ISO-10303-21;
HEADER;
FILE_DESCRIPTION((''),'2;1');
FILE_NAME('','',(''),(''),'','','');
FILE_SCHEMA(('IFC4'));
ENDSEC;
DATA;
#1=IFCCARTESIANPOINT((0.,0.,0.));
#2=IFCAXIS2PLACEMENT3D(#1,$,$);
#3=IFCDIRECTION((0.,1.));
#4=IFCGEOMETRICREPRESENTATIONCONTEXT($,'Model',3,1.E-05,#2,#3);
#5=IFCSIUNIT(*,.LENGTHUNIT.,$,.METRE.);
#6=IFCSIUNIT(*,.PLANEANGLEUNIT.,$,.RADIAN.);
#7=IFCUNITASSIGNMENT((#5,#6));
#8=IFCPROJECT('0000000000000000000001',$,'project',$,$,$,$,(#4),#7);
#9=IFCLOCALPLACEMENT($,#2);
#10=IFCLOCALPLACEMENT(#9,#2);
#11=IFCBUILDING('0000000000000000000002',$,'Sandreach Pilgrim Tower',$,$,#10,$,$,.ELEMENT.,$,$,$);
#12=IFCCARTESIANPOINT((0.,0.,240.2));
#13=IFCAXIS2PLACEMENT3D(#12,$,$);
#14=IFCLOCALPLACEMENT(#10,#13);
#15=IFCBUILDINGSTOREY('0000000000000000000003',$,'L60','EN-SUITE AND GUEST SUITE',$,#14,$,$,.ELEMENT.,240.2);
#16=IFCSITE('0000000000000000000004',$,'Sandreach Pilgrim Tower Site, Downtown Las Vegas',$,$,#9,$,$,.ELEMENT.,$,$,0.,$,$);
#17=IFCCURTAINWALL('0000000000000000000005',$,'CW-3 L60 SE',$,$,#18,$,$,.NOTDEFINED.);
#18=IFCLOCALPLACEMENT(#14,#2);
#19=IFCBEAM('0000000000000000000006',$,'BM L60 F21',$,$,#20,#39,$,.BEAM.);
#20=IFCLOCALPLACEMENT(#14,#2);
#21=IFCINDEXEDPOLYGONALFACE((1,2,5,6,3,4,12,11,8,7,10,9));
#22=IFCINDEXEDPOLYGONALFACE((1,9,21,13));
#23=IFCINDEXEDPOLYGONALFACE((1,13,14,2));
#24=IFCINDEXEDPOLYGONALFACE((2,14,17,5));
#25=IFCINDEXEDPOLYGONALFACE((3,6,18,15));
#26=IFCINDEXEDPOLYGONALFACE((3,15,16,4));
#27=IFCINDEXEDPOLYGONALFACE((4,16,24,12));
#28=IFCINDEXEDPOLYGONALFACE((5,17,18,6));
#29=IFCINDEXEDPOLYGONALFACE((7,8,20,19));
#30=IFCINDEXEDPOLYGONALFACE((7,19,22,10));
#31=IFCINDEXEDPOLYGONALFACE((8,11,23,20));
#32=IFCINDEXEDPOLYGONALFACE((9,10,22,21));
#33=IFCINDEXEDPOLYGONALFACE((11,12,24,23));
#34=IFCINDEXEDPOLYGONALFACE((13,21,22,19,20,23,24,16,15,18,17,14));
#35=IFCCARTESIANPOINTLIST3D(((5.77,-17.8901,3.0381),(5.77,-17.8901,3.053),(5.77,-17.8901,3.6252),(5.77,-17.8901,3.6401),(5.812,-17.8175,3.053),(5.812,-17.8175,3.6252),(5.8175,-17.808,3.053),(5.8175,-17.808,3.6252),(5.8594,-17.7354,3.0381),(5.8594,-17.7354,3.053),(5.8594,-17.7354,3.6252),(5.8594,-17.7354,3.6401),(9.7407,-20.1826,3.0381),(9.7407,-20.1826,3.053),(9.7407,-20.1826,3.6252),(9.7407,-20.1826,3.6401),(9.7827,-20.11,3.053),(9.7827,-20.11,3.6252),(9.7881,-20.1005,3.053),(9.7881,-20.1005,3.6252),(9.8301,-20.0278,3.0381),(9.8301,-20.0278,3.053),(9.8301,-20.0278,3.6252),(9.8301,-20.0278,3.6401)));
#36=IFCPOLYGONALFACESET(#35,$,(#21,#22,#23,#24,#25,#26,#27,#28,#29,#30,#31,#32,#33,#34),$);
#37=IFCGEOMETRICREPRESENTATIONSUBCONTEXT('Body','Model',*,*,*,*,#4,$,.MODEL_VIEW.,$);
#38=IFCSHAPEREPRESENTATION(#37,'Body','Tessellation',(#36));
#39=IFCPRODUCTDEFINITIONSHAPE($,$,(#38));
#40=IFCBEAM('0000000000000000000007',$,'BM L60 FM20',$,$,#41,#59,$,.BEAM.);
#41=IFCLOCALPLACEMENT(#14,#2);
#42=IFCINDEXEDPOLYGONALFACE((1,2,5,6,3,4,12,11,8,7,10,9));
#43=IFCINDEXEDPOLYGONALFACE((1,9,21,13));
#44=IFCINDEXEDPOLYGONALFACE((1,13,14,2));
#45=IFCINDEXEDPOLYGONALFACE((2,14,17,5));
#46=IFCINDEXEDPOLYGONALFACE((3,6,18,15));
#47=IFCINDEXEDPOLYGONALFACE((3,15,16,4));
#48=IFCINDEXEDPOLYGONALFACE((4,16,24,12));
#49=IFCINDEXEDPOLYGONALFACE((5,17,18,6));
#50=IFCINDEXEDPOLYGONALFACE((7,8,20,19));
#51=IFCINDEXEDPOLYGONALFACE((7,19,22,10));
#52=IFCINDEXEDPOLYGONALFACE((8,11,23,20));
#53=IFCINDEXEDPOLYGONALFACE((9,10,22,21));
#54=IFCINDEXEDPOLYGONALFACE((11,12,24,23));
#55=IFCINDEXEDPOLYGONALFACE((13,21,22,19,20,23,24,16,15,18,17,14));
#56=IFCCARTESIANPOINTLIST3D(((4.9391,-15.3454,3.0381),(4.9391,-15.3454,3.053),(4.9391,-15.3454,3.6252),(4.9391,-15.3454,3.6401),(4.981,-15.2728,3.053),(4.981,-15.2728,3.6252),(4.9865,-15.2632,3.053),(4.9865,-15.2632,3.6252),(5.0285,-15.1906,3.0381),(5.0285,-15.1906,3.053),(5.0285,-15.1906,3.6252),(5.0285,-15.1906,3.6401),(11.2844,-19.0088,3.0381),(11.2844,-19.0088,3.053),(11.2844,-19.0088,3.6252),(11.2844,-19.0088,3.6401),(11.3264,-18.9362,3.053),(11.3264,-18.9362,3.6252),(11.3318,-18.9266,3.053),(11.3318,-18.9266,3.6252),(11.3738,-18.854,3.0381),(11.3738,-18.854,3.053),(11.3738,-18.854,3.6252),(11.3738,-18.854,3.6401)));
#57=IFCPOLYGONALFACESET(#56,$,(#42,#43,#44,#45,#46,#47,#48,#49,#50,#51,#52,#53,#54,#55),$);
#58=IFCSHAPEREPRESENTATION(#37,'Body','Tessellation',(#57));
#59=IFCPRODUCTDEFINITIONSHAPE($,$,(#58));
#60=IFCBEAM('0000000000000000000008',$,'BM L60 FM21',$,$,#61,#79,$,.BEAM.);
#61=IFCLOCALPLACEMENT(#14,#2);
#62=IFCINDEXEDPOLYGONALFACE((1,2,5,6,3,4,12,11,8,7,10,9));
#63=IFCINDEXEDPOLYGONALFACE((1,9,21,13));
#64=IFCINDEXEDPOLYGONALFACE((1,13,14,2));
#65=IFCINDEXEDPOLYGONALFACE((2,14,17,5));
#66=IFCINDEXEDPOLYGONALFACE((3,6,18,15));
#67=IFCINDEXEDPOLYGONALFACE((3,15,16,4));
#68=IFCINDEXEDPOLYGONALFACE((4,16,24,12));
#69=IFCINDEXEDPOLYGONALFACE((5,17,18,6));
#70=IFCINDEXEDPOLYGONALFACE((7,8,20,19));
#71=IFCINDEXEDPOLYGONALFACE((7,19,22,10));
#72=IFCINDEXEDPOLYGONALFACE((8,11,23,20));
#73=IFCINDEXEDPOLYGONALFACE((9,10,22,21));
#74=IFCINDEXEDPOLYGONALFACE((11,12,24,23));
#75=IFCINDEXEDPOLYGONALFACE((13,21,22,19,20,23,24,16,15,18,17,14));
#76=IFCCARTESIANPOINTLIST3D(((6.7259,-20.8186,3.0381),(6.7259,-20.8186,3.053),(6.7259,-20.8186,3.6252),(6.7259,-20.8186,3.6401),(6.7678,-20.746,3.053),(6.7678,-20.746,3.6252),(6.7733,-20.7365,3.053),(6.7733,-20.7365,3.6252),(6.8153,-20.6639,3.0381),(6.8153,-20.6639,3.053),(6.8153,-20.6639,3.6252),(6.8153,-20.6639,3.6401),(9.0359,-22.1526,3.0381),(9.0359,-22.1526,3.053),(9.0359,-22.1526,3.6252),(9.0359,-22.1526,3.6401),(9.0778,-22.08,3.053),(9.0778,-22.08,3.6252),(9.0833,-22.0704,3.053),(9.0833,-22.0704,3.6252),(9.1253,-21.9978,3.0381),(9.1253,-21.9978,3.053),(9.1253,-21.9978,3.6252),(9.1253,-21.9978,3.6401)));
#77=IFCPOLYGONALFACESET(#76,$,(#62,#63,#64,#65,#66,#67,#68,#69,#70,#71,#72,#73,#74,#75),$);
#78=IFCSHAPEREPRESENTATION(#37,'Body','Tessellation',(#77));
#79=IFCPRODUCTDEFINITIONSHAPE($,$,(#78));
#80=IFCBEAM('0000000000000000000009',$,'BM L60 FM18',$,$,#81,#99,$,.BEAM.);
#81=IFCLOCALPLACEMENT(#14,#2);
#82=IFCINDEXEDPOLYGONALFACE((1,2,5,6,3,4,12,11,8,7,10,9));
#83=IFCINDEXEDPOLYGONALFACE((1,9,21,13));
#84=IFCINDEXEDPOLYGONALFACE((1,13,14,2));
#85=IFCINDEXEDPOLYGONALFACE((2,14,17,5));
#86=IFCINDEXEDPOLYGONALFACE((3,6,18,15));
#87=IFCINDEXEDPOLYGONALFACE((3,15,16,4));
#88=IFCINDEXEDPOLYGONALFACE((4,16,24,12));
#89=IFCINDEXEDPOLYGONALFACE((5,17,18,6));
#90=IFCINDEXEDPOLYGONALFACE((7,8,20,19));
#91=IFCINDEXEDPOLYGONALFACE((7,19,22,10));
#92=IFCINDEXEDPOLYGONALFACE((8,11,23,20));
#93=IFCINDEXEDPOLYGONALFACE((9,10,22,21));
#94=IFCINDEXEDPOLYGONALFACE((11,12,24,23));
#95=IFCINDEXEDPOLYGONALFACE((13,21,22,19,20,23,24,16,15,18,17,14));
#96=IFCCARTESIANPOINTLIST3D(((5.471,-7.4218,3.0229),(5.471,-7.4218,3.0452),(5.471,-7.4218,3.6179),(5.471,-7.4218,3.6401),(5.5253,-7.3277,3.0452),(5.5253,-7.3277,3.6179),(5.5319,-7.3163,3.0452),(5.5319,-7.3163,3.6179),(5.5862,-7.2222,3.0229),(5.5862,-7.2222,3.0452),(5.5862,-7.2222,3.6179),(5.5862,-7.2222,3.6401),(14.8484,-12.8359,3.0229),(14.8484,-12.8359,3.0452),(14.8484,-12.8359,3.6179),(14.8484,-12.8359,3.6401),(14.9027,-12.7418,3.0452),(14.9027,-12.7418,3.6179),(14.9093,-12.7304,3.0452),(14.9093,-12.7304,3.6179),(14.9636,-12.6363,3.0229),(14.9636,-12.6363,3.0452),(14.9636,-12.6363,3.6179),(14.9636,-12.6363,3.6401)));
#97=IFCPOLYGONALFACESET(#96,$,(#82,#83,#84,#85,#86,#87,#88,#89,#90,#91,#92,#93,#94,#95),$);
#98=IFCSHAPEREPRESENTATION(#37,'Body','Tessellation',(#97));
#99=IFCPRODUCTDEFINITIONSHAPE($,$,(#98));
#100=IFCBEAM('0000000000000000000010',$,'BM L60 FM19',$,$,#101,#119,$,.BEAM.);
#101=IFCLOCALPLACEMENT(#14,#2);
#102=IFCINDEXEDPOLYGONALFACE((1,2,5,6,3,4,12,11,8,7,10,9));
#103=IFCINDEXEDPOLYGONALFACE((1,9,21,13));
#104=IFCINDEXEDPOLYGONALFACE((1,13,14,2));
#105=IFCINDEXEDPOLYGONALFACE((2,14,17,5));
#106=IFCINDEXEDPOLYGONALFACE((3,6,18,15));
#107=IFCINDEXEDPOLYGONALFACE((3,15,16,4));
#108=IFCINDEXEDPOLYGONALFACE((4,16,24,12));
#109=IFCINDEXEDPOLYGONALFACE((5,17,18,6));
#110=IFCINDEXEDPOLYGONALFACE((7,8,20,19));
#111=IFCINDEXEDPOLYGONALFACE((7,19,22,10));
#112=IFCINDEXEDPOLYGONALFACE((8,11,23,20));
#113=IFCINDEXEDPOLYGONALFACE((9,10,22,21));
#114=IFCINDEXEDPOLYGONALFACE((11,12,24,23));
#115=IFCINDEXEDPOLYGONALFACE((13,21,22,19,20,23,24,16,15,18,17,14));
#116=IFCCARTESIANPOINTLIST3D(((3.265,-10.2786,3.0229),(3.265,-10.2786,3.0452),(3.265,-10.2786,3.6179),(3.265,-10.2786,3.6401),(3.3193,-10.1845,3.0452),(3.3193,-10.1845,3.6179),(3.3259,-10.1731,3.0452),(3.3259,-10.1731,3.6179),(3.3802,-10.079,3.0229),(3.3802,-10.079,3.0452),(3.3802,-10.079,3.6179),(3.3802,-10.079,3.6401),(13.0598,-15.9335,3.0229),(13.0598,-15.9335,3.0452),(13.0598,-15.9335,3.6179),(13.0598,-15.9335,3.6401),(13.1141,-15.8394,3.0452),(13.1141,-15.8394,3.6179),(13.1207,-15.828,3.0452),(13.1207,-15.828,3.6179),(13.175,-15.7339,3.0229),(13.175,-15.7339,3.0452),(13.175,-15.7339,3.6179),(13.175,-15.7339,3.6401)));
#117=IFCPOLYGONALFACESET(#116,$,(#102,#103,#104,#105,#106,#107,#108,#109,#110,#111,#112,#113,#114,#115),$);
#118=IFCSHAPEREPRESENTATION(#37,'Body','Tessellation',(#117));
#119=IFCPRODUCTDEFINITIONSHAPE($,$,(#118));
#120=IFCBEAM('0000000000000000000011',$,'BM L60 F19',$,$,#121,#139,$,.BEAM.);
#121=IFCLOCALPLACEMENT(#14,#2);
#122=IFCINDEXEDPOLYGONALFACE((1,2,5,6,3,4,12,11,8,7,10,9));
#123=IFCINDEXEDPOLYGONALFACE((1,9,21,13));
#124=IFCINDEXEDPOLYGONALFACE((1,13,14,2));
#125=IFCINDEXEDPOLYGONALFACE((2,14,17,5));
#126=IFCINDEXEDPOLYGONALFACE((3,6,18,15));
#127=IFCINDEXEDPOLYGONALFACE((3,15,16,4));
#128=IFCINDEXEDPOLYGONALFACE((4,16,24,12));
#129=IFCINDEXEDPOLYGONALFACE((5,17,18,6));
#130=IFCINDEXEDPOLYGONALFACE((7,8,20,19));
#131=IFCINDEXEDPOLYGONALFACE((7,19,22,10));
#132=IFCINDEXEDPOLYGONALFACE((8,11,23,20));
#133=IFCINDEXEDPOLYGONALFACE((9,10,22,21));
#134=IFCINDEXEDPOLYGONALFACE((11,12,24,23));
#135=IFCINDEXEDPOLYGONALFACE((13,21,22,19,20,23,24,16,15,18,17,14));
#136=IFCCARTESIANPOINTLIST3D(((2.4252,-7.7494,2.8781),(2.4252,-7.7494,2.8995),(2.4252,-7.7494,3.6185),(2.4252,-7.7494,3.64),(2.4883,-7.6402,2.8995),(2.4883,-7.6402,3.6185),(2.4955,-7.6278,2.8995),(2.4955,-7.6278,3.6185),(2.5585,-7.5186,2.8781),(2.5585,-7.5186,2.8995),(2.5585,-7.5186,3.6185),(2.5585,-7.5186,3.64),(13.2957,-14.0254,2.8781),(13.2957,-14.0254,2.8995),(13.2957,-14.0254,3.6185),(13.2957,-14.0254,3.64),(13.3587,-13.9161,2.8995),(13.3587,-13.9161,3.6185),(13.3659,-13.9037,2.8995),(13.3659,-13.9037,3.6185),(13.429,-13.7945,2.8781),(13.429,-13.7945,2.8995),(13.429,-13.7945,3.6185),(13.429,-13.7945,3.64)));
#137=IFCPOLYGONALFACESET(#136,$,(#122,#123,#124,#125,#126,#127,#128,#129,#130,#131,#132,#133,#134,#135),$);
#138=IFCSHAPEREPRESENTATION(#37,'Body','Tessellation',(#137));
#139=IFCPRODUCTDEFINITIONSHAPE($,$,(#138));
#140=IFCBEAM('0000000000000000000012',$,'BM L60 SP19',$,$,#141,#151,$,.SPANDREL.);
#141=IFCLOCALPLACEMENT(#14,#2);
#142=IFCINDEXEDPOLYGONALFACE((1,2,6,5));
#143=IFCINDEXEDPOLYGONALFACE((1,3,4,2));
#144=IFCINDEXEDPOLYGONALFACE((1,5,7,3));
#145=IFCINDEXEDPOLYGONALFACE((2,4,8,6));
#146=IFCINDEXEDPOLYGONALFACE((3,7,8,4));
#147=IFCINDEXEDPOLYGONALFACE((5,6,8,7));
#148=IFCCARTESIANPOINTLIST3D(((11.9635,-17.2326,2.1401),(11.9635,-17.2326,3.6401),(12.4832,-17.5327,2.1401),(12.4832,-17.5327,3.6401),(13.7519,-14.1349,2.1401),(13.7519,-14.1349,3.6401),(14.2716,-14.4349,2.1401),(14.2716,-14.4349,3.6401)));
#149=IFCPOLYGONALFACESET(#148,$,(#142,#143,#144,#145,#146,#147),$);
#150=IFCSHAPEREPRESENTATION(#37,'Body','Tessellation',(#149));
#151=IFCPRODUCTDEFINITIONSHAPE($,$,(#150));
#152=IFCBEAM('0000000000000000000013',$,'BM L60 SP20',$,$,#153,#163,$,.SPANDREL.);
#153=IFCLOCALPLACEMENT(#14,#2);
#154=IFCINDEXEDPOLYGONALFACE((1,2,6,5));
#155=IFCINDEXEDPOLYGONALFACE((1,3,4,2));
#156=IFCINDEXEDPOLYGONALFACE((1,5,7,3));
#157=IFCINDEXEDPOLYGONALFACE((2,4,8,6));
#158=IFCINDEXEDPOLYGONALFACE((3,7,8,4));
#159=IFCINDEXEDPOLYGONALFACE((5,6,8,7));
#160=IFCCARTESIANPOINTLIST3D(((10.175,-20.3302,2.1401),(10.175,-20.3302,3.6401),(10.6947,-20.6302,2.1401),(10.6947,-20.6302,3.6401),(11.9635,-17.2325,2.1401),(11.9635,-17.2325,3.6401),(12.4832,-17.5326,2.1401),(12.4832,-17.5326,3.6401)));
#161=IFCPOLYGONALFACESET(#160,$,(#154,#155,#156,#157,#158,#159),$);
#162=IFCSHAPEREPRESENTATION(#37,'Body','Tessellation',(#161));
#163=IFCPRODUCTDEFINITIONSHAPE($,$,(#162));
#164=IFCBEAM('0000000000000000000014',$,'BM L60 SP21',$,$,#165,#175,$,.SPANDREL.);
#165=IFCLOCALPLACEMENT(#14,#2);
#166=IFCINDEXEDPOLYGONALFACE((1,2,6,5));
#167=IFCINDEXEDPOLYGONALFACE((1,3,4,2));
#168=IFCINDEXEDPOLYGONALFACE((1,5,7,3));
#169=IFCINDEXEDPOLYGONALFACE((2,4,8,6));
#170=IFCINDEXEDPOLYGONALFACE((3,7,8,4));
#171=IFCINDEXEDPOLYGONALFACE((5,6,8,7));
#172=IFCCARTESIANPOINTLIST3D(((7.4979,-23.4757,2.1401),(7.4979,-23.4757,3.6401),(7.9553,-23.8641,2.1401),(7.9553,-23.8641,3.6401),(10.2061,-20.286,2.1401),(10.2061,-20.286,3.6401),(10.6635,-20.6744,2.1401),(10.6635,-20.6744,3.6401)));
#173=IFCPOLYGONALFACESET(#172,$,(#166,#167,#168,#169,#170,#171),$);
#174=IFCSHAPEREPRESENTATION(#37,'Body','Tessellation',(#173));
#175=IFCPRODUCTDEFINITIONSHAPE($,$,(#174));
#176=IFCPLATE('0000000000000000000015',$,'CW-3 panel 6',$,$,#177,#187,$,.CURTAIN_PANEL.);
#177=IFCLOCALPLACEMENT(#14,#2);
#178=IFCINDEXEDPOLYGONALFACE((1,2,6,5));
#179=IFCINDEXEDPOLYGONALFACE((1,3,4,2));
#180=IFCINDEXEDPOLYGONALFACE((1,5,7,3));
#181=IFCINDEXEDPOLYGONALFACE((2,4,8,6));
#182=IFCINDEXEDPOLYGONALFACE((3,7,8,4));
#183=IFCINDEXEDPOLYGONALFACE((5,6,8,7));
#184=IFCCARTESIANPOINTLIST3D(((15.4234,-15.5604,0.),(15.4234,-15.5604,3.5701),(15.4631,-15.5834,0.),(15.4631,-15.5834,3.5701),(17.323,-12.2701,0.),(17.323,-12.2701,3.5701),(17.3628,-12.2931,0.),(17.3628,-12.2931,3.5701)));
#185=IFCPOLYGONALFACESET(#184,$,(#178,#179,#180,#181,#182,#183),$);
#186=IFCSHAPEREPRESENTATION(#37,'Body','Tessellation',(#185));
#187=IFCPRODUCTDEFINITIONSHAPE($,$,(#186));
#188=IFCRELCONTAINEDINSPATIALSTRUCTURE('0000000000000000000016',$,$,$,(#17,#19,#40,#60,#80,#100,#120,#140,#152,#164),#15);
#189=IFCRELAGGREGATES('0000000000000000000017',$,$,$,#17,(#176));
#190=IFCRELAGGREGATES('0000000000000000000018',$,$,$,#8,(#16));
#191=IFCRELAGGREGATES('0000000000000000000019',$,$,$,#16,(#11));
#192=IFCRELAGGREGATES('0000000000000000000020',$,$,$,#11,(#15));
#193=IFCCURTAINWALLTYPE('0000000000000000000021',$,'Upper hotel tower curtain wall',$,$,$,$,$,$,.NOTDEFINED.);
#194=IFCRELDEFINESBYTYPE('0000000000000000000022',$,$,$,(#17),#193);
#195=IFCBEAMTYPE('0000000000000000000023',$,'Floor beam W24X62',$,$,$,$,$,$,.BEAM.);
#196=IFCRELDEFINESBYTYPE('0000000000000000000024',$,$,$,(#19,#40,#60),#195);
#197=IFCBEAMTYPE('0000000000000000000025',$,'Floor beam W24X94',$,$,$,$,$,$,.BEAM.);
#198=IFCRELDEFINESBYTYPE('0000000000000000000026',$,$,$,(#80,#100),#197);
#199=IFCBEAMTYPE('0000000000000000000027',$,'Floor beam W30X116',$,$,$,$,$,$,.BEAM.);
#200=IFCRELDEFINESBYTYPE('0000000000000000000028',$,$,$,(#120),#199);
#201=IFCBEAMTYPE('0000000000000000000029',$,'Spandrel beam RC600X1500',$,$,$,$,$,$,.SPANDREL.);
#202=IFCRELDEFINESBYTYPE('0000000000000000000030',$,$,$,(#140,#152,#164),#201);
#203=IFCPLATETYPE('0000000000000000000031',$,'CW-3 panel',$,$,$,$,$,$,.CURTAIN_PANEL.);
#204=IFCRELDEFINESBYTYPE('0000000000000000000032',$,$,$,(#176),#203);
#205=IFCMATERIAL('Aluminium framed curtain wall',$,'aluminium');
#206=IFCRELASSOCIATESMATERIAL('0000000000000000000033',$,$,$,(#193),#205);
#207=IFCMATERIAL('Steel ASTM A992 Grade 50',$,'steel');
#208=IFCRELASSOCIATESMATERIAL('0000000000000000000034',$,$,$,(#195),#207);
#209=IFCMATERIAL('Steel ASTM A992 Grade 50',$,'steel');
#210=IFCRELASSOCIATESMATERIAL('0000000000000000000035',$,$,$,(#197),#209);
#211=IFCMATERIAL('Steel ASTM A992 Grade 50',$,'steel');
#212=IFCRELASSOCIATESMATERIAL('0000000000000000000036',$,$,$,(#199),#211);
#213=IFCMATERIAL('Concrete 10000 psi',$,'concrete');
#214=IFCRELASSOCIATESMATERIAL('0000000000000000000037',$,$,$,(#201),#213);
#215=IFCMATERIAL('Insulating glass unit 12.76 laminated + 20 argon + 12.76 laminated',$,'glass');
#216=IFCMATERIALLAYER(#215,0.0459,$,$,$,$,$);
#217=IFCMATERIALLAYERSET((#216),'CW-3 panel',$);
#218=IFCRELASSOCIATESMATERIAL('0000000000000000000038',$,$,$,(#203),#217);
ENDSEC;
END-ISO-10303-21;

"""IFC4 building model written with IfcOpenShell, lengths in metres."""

from ifc_helpers import new_model, si_unit, direction, frame, origin, origin_2d, place, context, subcontext, project, spatial, rectangle, i_section, extrude, material, layer, layer_set, material_profile, profile_set, type_object, element, aggregate, save


model = new_model("IFC4")

# Units and contexts
model_context = context("Model", 3, precision=1e-05, world=origin(), true_north=direction((0.0, 1.0)))
body_context = subcontext(model_context, "Body", "Model", "MODEL_VIEW")
ifc_project = project(units=[si_unit("LENGTHUNIT", "METRE"), si_unit("PLANEANGLEUNIT", "RADIAN")], contexts=[model_context])

# Site, building, storey
site_placement = place(None, origin())
site = spatial("IfcSite", under=ifc_project, at=site_placement, Name="Sandreach Pilgrim Tower Site, Downtown Las Vegas", CompositionType="ELEMENT", RefElevation=0.0)
building_placement = place(site_placement, origin())
building = spatial("IfcBuilding", under=site, at=building_placement, Name="Sandreach Pilgrim Tower", CompositionType="ELEMENT")
storey_placement = place(building_placement, frame((0.0, 0.0, 240.2)))
storey = spatial("IfcBuildingStorey", under=building, at=storey_placement, Name="L60", Description="EN-SUITE AND GUEST SUITE", CompositionType="ELEMENT", Elevation=240.2)

# Curtain wall
ifc_material_1 = material(Name="Aluminium framed curtain wall", Category="aluminium")
curtain_wall_type = type_object("IfcCurtainWallType", Name="Upper hotel tower curtain wall", PredefinedType="NOTDEFINED", material=ifc_material_1)
curtain_wall_placement = place(storey_placement, origin())
curtain_wall = element("IfcCurtainWall", 1, at=curtain_wall_placement, inside=storey, type_object=curtain_wall_type, Name="CW-3 L60 SE", PredefinedType="NOTDEFINED")

# Beams
ifc_material_2 = material(Name="Steel ASTM A992 Grade 50", Category="steel")
ifc_material_profile_1 = material_profile(ifc_material_2, i_section(OverallWidth=0.1787, OverallDepth=0.6021, WebThickness=0.011, FlangeThickness=0.0149, at=origin_2d()), Name="W24X62")
ifc_profile_set_1 = profile_set([ifc_material_profile_1], Name="Steel ASTM A992 Grade 50")
beam_type_1 = type_object("IfcBeamType", Name="Floor beam W24X62", PredefinedType="BEAM", material=ifc_profile_set_1)
beam_1_placement = place(storey_placement, frame((9.7854, -20.1052, 3.3391), z_axis=(-0.866026, 0.499999, 0.0), x_axis=(-0.499999, -0.866026, 0.0)))
element("IfcBeam", 2, at=beam_1_placement, inside=storey, type_object=beam_type_1, Name="BM L60 F21", PredefinedType="BEAM", context=body_context, shape_type="SweptSolid", body=[
    extrude(i_section(OverallWidth=0.1787, OverallDepth=0.6021, WebThickness=0.011, FlangeThickness=0.0149, at=origin_2d()), origin(), (0.0, 0.0, 1.0), 4.585),
])
beam_2_placement = place(storey_placement, frame((11.3291, -18.9314, 3.3391), z_axis=(-0.86603, 0.499992, 0.0), x_axis=(-0.499992, -0.86603, 0.0)))
element("IfcBeam", 3, at=beam_2_placement, inside=storey, type_object=beam_type_1, Name="BM L60 FM20", PredefinedType="BEAM", context=body_context, shape_type="SweptSolid", body=[
    extrude(i_section(OverallWidth=0.1787, OverallDepth=0.6021, WebThickness=0.011, FlangeThickness=0.0149, at=origin_2d()), origin(), (0.0, 0.0, 1.0), 7.3269),
])
beam_3_placement = place(storey_placement, frame((9.0806, -22.0752, 3.3391), z_axis=(-0.865981, 0.500076, 0.0), x_axis=(-0.500076, -0.865981, 0.0)))
element("IfcBeam", 4, at=beam_3_placement, inside=storey, type_object=beam_type_1, Name="BM L60 FM21", PredefinedType="BEAM", context=body_context, shape_type="SweptSolid", body=[
    extrude(i_section(OverallWidth=0.1787, OverallDepth=0.6021, WebThickness=0.011, FlangeThickness=0.0149, at=origin_2d()), origin(), (0.0, 0.0, 1.0), 2.6675),
])
ifc_material_3 = material(Name="Steel ASTM A992 Grade 50", Category="steel")
ifc_material_profile_2 = material_profile(ifc_material_3, i_section(OverallWidth=0.2305, OverallDepth=0.6172, WebThickness=0.0132, FlangeThickness=0.0222, at=origin_2d()), Name="W24X94")
ifc_profile_set_2 = profile_set([ifc_material_profile_2], Name="Steel ASTM A992 Grade 50")
beam_type_2 = type_object("IfcBeamType", Name="Floor beam W24X94", PredefinedType="BEAM", material=ifc_profile_set_2)
beam_4_placement = place(storey_placement, frame((14.906, -12.7361, 3.3315), z_axis=(-0.866026, 0.5, 0.0), x_axis=(-0.5, -0.866026, 0.0)))
element("IfcBeam", 5, at=beam_4_placement, inside=storey, type_object=beam_type_2, Name="BM L60 FM18", PredefinedType="BEAM", context=body_context, shape_type="SweptSolid", body=[
    extrude(i_section(OverallWidth=0.2305, OverallDepth=0.6172, WebThickness=0.0132, FlangeThickness=0.0222, at=origin_2d()), origin(), (0.0, 0.0, 1.0), 10.8281),
])
beam_5_placement = place(storey_placement, frame((13.1174, -15.8337, 3.3315), z_axis=(-0.866028, 0.499995, 0.0), x_axis=(-0.499995, -0.866028, 0.0)))
element("IfcBeam", 6, at=beam_5_placement, inside=storey, type_object=beam_type_2, Name="BM L60 FM19", PredefinedType="BEAM", context=body_context, shape_type="SweptSolid", body=[
    extrude(i_section(OverallWidth=0.2305, OverallDepth=0.6172, WebThickness=0.0132, FlangeThickness=0.0222, at=origin_2d()), origin(), (0.0, 0.0, 1.0), 11.3101),
])
ifc_material_4 = material(Name="Steel ASTM A992 Grade 50", Category="steel")
ifc_material_profile_3 = material_profile(ifc_material_4, i_section(OverallWidth=0.2666, OverallDepth=0.762, WebThickness=0.0144, FlangeThickness=0.0215, at=origin_2d()), Name="W30X116")
ifc_profile_set_3 = profile_set([ifc_material_profile_3], Name="Steel ASTM A992 Grade 50")
beam_type_3 = type_object("IfcBeamType", Name="Floor beam W30X116", PredefinedType="BEAM", material=ifc_profile_set_3)
beam_6_placement = place(storey_placement, frame((13.3623, -13.9099, 3.259), z_axis=(-0.86603, 0.499992, 0.0), x_axis=(-0.499992, -0.86603, 0.0)))
element("IfcBeam", 7, at=beam_6_placement, inside=storey, type_object=beam_type_3, Name="BM L60 F19", PredefinedType="BEAM", context=body_context, shape_type="SweptSolid", body=[
    extrude(i_section(OverallWidth=0.2666, OverallDepth=0.762, WebThickness=0.0144, FlangeThickness=0.0215, at=origin_2d()), origin(), (0.0, 0.0, 1.0), 12.552),
])
ifc_material_5 = material(Name="Concrete 10000 psi", Category="concrete")
ifc_material_profile_4 = material_profile(ifc_material_5, rectangle(XDim=0.6001, YDim=1.5, at=origin_2d()), Name="RC600X1500")
ifc_profile_set_4 = profile_set([ifc_material_profile_4], Name="Concrete 10000 psi")
beam_type_4 = type_object("IfcBeamType", Name="Spandrel beam RC600X1500", PredefinedType="SPANDREL", material=ifc_profile_set_4)
for number, where, z_axis, x_axis, name in (
    (8, (14.0117, -14.2849, 2.8901), (-0.499978, -0.866038, 0.0), (0.866038, -0.499978, 0.0), "BM L60 SP19"),
    (9, (12.2234, -17.3826, 2.8901), (-0.50003, -0.866008, 0.0), (0.866008, -0.50003, 0.0), "BM L60 SP20"),
):
    element("IfcBeam", number, at=place(storey_placement, frame(where, z_axis=z_axis, x_axis=x_axis)), inside=storey, type_object=beam_type_4, Name=name, PredefinedType="SPANDREL", context=body_context, shape_type="SweptSolid", body=[
        extrude(rectangle(XDim=0.6001, YDim=1.5, at=origin_2d()), origin(), (0.0, 0.0, 1.0), 3.5769),
    ])
beam_7_placement = place(storey_placement, frame((10.4348, -20.4802, 2.8901), z_axis=(-0.647233, -0.762292, 0.0), x_axis=(0.762292, -0.647233, 0.0)))
element("IfcBeam", 10, at=beam_7_placement, inside=storey, type_object=beam_type_4, Name="BM L60 SP21", PredefinedType="SPANDREL", context=body_context, shape_type="SweptSolid", body=[
    extrude(rectangle(XDim=0.6001, YDim=1.5, at=origin_2d()), origin(), (0.0, 0.0, 1.0), 4.1843),
])

# Plate
ifc_material_6 = material(Name="Insulating glass unit 12.76 laminated + 20 argon + 12.76 laminated", Category="glass")
ifc_layer_1 = layer(ifc_material_6, 0.0459)
ifc_layer_set_1 = layer_set([ifc_layer_1], Name="CW-3 panel")
plate_type = type_object("IfcPlateType", Name="CW-3 panel", PredefinedType="CURTAIN_PANEL", material=ifc_layer_set_1)
plate_1_placement = place(storey_placement, frame((16.3931, -13.9268, 0.0), z_axis=(0.0, 0.0, 1.0), x_axis=(-0.5, -0.866025, 0.0)))
plate_1 = element("IfcPlate", 11, at=plate_1_placement, type_object=plate_type, Name="CW-3 panel 6", PredefinedType="CURTAIN_PANEL", context=body_context, shape_type="SweptSolid", body=[
    extrude(rectangle(XDim=3.7993, YDim=0.0459, at=origin_2d()), origin(), (0.0, 0.0, 1.0), 3.5701),
])
aggregate(curtain_wall, [plate_1])

save(model, "model.ifc")
